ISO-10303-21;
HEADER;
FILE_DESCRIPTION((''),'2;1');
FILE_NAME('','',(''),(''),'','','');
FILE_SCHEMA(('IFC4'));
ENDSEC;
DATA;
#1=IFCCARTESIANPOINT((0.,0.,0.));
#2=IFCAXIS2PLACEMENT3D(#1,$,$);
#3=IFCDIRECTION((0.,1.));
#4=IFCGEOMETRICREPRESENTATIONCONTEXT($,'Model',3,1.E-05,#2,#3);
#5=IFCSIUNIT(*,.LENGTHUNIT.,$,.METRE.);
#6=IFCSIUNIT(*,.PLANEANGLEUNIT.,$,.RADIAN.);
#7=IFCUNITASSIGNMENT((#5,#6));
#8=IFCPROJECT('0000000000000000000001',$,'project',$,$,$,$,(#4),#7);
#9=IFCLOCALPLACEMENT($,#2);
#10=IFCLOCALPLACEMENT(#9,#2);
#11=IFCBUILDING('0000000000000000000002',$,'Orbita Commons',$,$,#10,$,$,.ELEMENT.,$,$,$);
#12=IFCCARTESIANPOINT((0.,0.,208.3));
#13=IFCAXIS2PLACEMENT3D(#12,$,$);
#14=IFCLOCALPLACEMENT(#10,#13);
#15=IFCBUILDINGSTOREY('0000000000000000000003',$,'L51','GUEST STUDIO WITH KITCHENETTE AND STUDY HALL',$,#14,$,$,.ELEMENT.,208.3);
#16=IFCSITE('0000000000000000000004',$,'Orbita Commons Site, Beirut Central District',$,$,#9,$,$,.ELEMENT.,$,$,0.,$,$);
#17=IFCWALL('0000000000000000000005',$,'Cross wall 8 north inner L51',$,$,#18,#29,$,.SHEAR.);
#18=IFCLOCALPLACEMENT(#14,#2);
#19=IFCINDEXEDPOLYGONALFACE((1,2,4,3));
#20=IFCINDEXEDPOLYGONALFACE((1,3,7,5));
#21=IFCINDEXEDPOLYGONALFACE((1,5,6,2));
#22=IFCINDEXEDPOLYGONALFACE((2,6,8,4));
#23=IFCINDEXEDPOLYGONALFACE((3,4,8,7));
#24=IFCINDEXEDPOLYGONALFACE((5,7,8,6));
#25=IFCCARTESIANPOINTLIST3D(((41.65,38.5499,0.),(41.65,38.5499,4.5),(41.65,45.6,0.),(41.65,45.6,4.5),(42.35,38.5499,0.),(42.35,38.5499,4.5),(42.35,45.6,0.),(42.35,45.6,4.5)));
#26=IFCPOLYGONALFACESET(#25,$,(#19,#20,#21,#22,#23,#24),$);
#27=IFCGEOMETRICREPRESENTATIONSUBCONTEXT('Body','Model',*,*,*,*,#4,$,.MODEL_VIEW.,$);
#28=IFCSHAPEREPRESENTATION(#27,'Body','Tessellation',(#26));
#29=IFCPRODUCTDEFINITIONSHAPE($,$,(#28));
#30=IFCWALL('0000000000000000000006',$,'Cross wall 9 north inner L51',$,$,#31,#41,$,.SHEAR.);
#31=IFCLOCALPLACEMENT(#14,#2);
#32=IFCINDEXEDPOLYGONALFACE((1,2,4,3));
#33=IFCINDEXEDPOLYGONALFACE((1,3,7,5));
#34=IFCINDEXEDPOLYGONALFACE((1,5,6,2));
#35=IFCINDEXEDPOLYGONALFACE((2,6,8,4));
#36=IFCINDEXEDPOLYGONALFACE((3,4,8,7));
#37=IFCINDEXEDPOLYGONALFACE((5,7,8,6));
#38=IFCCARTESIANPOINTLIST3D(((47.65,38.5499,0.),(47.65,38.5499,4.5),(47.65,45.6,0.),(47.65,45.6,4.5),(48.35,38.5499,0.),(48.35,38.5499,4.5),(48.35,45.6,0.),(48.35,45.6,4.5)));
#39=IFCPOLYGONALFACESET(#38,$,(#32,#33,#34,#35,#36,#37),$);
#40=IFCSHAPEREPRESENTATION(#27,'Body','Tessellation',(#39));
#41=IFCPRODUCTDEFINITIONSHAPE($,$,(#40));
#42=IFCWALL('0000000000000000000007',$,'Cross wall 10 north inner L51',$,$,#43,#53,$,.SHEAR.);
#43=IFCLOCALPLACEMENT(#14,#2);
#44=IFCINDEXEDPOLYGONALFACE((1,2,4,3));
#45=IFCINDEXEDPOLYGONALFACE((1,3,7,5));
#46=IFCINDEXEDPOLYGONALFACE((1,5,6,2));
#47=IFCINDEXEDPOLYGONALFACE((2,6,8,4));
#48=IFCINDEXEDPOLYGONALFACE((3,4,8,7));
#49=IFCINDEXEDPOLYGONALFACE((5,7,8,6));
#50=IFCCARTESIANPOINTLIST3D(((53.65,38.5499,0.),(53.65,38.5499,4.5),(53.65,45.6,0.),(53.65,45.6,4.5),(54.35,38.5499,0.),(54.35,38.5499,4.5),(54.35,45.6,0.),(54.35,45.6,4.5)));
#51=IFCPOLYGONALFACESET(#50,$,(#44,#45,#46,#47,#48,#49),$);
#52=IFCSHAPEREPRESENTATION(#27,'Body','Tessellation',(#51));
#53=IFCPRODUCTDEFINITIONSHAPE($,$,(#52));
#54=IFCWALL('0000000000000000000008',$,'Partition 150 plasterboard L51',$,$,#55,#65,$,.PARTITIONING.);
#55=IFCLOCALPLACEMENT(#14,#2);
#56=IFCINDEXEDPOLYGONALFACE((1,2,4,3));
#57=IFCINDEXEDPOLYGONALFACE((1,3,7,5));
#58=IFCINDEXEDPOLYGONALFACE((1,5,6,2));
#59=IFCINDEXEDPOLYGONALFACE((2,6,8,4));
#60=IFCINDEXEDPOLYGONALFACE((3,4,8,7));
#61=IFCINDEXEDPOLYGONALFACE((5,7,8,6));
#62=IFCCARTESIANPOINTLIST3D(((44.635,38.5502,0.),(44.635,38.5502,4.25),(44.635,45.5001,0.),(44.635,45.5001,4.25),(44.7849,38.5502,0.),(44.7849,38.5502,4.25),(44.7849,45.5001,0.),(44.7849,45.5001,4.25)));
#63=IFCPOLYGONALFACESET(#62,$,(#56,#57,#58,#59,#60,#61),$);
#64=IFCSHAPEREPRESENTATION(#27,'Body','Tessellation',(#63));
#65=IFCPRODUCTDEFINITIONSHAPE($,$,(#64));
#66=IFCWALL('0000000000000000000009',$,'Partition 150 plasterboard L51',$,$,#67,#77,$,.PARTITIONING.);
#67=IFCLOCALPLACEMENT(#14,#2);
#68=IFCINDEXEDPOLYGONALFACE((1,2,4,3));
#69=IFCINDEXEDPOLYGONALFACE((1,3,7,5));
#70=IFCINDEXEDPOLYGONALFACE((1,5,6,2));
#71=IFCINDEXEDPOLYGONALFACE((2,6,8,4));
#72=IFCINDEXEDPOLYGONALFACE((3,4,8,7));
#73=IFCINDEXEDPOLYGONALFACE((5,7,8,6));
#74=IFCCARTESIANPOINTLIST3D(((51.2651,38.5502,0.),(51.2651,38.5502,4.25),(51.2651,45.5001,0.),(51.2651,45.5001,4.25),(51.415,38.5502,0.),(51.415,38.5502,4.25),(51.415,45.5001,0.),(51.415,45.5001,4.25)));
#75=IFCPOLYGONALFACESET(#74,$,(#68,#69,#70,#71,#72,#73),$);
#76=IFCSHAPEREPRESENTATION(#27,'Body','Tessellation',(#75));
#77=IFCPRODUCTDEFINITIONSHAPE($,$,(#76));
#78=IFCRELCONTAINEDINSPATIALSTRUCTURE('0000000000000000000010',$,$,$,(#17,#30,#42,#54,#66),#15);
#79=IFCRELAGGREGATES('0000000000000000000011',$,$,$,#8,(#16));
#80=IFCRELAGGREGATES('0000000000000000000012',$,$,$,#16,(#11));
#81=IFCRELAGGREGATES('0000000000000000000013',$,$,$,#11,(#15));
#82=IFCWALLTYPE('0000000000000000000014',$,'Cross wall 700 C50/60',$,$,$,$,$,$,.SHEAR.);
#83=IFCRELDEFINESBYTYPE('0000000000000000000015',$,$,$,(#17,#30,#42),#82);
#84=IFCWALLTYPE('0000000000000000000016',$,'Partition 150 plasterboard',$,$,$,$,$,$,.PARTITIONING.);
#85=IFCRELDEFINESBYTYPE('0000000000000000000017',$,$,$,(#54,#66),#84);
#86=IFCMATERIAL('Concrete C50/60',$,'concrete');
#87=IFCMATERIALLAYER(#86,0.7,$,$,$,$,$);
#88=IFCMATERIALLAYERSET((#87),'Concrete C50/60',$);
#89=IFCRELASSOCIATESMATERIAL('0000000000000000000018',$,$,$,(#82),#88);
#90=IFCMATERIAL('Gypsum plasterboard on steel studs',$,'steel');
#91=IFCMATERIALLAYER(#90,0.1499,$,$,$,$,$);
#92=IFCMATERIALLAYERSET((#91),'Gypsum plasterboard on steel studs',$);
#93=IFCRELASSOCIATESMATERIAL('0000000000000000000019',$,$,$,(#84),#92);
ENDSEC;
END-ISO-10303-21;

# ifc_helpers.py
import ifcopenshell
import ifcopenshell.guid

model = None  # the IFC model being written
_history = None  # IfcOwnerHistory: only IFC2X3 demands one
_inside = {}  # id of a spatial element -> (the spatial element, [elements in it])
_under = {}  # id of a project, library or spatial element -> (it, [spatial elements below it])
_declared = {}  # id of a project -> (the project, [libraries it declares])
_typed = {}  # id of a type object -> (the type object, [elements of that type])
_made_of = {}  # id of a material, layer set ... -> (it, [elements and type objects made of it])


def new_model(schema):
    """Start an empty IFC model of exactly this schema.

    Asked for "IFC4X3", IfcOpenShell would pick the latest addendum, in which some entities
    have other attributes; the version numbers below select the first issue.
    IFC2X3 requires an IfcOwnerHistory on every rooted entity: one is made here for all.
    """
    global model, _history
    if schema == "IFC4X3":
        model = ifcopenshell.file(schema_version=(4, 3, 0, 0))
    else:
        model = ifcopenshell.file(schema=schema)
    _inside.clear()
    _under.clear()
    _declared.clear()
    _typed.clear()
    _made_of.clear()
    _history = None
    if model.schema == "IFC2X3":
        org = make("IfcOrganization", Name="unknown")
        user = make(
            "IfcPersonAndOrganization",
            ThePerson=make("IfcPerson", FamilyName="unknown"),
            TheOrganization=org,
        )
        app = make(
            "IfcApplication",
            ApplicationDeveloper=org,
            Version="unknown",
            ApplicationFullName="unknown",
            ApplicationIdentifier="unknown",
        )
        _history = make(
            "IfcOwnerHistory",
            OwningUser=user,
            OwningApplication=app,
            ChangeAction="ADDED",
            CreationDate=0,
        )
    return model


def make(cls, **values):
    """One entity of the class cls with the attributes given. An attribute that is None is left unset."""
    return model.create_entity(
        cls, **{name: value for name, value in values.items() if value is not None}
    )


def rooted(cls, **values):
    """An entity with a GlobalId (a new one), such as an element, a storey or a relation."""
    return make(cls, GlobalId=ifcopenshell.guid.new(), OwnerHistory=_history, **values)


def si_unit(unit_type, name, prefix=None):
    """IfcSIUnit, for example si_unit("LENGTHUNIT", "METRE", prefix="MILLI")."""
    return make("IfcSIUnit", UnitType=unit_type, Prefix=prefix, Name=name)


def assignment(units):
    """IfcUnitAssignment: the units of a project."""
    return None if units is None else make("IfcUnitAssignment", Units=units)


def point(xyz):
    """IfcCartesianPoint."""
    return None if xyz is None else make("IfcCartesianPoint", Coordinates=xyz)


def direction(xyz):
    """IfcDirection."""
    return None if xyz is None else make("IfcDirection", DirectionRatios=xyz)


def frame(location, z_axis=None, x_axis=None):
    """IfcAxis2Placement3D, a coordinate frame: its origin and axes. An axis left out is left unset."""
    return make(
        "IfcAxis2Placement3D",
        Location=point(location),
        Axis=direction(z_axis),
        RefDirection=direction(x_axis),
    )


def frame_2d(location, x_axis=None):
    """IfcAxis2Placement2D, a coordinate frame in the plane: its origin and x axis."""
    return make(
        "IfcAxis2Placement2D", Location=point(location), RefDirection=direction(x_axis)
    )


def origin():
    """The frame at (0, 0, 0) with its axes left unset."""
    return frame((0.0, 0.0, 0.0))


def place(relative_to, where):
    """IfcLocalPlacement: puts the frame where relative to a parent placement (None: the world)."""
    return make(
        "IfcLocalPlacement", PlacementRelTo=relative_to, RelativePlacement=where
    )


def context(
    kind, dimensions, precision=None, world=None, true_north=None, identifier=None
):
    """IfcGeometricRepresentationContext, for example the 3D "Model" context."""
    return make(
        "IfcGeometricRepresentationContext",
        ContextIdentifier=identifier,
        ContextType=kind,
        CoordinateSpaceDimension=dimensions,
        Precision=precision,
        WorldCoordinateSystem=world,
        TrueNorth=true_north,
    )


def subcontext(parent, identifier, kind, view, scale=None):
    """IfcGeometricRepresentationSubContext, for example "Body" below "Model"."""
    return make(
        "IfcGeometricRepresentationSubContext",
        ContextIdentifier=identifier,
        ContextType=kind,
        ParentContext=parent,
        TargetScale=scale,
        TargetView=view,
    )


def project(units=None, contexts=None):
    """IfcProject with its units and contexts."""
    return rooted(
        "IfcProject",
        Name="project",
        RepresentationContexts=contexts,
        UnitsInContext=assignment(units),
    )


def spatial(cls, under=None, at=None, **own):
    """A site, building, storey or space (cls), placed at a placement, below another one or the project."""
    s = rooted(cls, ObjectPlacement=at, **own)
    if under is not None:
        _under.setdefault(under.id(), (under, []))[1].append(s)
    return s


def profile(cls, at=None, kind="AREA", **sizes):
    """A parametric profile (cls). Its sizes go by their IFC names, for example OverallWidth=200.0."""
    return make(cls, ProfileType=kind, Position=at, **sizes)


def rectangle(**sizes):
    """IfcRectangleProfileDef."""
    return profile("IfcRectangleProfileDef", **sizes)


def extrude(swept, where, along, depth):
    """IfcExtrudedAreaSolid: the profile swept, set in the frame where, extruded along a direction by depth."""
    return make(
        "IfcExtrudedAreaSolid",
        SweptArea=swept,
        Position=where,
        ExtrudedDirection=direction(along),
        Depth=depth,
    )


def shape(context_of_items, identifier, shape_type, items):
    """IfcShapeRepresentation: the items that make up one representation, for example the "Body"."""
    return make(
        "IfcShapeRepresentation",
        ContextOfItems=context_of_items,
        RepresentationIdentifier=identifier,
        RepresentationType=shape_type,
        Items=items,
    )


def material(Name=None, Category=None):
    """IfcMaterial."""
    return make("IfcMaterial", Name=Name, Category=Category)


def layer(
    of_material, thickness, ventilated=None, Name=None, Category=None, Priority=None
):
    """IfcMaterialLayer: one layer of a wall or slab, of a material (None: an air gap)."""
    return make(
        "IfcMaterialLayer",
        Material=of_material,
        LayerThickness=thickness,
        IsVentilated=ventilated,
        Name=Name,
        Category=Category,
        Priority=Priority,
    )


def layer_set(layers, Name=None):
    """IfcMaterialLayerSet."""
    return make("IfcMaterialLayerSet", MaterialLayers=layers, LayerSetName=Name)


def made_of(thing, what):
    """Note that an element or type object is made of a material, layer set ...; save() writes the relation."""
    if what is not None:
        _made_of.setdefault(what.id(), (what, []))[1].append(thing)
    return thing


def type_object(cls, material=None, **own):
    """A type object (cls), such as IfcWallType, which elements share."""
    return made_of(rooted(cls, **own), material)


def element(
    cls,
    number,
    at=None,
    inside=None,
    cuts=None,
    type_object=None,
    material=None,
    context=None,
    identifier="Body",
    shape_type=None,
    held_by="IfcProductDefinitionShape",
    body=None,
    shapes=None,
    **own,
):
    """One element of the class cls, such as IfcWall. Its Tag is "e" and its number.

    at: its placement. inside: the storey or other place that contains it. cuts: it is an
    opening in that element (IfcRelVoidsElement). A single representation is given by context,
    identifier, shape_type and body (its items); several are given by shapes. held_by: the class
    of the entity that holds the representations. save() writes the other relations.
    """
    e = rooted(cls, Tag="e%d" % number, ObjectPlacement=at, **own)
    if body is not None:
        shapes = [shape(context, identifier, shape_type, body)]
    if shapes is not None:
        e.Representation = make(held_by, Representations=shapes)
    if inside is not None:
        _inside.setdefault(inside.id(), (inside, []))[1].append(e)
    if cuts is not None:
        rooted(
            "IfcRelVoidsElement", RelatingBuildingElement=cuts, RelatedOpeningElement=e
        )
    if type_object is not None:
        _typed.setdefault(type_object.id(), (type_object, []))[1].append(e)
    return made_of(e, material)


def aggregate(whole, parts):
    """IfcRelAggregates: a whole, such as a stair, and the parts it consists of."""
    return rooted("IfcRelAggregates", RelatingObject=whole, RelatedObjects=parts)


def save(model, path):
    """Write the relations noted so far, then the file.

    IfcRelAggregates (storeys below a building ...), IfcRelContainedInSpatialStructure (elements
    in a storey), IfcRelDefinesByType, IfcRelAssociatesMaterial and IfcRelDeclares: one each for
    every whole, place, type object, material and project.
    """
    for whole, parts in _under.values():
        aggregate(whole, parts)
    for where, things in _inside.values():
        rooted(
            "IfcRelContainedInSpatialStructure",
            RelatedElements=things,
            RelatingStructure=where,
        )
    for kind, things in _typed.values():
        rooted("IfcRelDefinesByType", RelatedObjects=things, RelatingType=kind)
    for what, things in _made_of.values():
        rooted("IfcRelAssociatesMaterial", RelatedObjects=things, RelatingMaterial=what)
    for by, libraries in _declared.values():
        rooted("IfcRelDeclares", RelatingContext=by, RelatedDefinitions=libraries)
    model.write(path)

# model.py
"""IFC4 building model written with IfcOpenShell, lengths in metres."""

from ifc_helpers import new_model, si_unit, direction, frame, frame_2d, origin, place, context, subcontext, project, spatial, rectangle, extrude, material, layer, layer_set, type_object, element, save


model = new_model("IFC4")

# Units and contexts
model_context = context("Model", 3, precision=1e-05, world=origin(), true_north=direction((0.0, 1.0)))
body_context = subcontext(model_context, "Body", "Model", "MODEL_VIEW")
ifc_project = project(units=[si_unit("LENGTHUNIT", "METRE"), si_unit("PLANEANGLEUNIT", "RADIAN")], contexts=[model_context])

# Site, building, storey
site_placement = place(None, origin())
site = spatial("IfcSite", under=ifc_project, at=site_placement, Name="Orbita Commons Site, Beirut Central District", CompositionType="ELEMENT", RefElevation=0.0)
building_placement = place(site_placement, origin())
building = spatial("IfcBuilding", under=site, at=building_placement, Name="Orbita Commons", CompositionType="ELEMENT")
storey_placement = place(building_placement, frame((0.0, 0.0, 208.3)))
storey = spatial("IfcBuildingStorey", under=building, at=storey_placement, Name="L51", Description="GUEST STUDIO WITH KITCHENETTE AND STUDY HALL", CompositionType="ELEMENT", Elevation=208.3)

# Walls
ifc_material_1 = material(Name="Concrete C50/60", Category="concrete")
ifc_layer_1 = layer(ifc_material_1, 0.7)
ifc_layer_set_1 = layer_set([ifc_layer_1], Name="Concrete C50/60")
wall_type_1 = type_object("IfcWallType", Name="Cross wall 700 C50/60", PredefinedType="SHEAR", material=ifc_layer_set_1)
for number, where, z_axis, x_axis, name in (
    (1, (42.0, 38.55, 0.0), (0.0, 0.0, 1.0), (0.0, 1.0, 0.0), "Cross wall 8 north inner L51"),
    (2, (48.0, 38.55, 0.0), (0.0, 0.0, 1.0), (0.0, 1.0, 0.0), "Cross wall 9 north inner L51"),
    (3, (54.0, 38.55, 0.0), (0.0, 0.0, 1.0), (0.0, 1.0, 0.0), "Cross wall 10 north inner L51"),
):
    element("IfcWall", number, at=place(storey_placement, frame(where, z_axis=z_axis, x_axis=x_axis)), inside=storey, type_object=wall_type_1, Name=name, PredefinedType="SHEAR", context=body_context, shape_type="SweptSolid", body=[
        extrude(rectangle(XDim=7.05, YDim=0.7, at=frame_2d((3.5249, 0.0))), origin(), (0.0, 0.0, 1.0), 4.5),
    ])
ifc_material_2 = material(Name="Gypsum plasterboard on steel studs", Category="steel")
ifc_layer_2 = layer(ifc_material_2, 0.1499)
ifc_layer_set_2 = layer_set([ifc_layer_2], Name="Gypsum plasterboard on steel studs")
wall_type_2 = type_object("IfcWallType", Name="Partition 150 plasterboard", PredefinedType="PARTITIONING", material=ifc_layer_set_2)
for number, where, z_axis, x_axis, name in (
    (4, (44.71, 38.55, 0.0), (0.0, 0.0, 1.0), (0.0, 1.0, 0.0), "Partition 150 plasterboard L51"),
    (5, (51.3401, 38.55, 0.0), (0.0, 0.0, 1.0), (0.0, 1.0, 0.0), "Partition 150 plasterboard L51"),
):
    element("IfcWall", number, at=place(storey_placement, frame(where, z_axis=z_axis, x_axis=x_axis)), inside=storey, type_object=wall_type_2, Name=name, PredefinedType="PARTITIONING", context=body_context, shape_type="SweptSolid", body=[
        extrude(rectangle(XDim=6.95, YDim=0.1499, at=frame_2d((3.4751, 0.0))), origin(), (0.0, 0.0, 1.0), 4.25),
    ])

save(model, "model.ifc")
